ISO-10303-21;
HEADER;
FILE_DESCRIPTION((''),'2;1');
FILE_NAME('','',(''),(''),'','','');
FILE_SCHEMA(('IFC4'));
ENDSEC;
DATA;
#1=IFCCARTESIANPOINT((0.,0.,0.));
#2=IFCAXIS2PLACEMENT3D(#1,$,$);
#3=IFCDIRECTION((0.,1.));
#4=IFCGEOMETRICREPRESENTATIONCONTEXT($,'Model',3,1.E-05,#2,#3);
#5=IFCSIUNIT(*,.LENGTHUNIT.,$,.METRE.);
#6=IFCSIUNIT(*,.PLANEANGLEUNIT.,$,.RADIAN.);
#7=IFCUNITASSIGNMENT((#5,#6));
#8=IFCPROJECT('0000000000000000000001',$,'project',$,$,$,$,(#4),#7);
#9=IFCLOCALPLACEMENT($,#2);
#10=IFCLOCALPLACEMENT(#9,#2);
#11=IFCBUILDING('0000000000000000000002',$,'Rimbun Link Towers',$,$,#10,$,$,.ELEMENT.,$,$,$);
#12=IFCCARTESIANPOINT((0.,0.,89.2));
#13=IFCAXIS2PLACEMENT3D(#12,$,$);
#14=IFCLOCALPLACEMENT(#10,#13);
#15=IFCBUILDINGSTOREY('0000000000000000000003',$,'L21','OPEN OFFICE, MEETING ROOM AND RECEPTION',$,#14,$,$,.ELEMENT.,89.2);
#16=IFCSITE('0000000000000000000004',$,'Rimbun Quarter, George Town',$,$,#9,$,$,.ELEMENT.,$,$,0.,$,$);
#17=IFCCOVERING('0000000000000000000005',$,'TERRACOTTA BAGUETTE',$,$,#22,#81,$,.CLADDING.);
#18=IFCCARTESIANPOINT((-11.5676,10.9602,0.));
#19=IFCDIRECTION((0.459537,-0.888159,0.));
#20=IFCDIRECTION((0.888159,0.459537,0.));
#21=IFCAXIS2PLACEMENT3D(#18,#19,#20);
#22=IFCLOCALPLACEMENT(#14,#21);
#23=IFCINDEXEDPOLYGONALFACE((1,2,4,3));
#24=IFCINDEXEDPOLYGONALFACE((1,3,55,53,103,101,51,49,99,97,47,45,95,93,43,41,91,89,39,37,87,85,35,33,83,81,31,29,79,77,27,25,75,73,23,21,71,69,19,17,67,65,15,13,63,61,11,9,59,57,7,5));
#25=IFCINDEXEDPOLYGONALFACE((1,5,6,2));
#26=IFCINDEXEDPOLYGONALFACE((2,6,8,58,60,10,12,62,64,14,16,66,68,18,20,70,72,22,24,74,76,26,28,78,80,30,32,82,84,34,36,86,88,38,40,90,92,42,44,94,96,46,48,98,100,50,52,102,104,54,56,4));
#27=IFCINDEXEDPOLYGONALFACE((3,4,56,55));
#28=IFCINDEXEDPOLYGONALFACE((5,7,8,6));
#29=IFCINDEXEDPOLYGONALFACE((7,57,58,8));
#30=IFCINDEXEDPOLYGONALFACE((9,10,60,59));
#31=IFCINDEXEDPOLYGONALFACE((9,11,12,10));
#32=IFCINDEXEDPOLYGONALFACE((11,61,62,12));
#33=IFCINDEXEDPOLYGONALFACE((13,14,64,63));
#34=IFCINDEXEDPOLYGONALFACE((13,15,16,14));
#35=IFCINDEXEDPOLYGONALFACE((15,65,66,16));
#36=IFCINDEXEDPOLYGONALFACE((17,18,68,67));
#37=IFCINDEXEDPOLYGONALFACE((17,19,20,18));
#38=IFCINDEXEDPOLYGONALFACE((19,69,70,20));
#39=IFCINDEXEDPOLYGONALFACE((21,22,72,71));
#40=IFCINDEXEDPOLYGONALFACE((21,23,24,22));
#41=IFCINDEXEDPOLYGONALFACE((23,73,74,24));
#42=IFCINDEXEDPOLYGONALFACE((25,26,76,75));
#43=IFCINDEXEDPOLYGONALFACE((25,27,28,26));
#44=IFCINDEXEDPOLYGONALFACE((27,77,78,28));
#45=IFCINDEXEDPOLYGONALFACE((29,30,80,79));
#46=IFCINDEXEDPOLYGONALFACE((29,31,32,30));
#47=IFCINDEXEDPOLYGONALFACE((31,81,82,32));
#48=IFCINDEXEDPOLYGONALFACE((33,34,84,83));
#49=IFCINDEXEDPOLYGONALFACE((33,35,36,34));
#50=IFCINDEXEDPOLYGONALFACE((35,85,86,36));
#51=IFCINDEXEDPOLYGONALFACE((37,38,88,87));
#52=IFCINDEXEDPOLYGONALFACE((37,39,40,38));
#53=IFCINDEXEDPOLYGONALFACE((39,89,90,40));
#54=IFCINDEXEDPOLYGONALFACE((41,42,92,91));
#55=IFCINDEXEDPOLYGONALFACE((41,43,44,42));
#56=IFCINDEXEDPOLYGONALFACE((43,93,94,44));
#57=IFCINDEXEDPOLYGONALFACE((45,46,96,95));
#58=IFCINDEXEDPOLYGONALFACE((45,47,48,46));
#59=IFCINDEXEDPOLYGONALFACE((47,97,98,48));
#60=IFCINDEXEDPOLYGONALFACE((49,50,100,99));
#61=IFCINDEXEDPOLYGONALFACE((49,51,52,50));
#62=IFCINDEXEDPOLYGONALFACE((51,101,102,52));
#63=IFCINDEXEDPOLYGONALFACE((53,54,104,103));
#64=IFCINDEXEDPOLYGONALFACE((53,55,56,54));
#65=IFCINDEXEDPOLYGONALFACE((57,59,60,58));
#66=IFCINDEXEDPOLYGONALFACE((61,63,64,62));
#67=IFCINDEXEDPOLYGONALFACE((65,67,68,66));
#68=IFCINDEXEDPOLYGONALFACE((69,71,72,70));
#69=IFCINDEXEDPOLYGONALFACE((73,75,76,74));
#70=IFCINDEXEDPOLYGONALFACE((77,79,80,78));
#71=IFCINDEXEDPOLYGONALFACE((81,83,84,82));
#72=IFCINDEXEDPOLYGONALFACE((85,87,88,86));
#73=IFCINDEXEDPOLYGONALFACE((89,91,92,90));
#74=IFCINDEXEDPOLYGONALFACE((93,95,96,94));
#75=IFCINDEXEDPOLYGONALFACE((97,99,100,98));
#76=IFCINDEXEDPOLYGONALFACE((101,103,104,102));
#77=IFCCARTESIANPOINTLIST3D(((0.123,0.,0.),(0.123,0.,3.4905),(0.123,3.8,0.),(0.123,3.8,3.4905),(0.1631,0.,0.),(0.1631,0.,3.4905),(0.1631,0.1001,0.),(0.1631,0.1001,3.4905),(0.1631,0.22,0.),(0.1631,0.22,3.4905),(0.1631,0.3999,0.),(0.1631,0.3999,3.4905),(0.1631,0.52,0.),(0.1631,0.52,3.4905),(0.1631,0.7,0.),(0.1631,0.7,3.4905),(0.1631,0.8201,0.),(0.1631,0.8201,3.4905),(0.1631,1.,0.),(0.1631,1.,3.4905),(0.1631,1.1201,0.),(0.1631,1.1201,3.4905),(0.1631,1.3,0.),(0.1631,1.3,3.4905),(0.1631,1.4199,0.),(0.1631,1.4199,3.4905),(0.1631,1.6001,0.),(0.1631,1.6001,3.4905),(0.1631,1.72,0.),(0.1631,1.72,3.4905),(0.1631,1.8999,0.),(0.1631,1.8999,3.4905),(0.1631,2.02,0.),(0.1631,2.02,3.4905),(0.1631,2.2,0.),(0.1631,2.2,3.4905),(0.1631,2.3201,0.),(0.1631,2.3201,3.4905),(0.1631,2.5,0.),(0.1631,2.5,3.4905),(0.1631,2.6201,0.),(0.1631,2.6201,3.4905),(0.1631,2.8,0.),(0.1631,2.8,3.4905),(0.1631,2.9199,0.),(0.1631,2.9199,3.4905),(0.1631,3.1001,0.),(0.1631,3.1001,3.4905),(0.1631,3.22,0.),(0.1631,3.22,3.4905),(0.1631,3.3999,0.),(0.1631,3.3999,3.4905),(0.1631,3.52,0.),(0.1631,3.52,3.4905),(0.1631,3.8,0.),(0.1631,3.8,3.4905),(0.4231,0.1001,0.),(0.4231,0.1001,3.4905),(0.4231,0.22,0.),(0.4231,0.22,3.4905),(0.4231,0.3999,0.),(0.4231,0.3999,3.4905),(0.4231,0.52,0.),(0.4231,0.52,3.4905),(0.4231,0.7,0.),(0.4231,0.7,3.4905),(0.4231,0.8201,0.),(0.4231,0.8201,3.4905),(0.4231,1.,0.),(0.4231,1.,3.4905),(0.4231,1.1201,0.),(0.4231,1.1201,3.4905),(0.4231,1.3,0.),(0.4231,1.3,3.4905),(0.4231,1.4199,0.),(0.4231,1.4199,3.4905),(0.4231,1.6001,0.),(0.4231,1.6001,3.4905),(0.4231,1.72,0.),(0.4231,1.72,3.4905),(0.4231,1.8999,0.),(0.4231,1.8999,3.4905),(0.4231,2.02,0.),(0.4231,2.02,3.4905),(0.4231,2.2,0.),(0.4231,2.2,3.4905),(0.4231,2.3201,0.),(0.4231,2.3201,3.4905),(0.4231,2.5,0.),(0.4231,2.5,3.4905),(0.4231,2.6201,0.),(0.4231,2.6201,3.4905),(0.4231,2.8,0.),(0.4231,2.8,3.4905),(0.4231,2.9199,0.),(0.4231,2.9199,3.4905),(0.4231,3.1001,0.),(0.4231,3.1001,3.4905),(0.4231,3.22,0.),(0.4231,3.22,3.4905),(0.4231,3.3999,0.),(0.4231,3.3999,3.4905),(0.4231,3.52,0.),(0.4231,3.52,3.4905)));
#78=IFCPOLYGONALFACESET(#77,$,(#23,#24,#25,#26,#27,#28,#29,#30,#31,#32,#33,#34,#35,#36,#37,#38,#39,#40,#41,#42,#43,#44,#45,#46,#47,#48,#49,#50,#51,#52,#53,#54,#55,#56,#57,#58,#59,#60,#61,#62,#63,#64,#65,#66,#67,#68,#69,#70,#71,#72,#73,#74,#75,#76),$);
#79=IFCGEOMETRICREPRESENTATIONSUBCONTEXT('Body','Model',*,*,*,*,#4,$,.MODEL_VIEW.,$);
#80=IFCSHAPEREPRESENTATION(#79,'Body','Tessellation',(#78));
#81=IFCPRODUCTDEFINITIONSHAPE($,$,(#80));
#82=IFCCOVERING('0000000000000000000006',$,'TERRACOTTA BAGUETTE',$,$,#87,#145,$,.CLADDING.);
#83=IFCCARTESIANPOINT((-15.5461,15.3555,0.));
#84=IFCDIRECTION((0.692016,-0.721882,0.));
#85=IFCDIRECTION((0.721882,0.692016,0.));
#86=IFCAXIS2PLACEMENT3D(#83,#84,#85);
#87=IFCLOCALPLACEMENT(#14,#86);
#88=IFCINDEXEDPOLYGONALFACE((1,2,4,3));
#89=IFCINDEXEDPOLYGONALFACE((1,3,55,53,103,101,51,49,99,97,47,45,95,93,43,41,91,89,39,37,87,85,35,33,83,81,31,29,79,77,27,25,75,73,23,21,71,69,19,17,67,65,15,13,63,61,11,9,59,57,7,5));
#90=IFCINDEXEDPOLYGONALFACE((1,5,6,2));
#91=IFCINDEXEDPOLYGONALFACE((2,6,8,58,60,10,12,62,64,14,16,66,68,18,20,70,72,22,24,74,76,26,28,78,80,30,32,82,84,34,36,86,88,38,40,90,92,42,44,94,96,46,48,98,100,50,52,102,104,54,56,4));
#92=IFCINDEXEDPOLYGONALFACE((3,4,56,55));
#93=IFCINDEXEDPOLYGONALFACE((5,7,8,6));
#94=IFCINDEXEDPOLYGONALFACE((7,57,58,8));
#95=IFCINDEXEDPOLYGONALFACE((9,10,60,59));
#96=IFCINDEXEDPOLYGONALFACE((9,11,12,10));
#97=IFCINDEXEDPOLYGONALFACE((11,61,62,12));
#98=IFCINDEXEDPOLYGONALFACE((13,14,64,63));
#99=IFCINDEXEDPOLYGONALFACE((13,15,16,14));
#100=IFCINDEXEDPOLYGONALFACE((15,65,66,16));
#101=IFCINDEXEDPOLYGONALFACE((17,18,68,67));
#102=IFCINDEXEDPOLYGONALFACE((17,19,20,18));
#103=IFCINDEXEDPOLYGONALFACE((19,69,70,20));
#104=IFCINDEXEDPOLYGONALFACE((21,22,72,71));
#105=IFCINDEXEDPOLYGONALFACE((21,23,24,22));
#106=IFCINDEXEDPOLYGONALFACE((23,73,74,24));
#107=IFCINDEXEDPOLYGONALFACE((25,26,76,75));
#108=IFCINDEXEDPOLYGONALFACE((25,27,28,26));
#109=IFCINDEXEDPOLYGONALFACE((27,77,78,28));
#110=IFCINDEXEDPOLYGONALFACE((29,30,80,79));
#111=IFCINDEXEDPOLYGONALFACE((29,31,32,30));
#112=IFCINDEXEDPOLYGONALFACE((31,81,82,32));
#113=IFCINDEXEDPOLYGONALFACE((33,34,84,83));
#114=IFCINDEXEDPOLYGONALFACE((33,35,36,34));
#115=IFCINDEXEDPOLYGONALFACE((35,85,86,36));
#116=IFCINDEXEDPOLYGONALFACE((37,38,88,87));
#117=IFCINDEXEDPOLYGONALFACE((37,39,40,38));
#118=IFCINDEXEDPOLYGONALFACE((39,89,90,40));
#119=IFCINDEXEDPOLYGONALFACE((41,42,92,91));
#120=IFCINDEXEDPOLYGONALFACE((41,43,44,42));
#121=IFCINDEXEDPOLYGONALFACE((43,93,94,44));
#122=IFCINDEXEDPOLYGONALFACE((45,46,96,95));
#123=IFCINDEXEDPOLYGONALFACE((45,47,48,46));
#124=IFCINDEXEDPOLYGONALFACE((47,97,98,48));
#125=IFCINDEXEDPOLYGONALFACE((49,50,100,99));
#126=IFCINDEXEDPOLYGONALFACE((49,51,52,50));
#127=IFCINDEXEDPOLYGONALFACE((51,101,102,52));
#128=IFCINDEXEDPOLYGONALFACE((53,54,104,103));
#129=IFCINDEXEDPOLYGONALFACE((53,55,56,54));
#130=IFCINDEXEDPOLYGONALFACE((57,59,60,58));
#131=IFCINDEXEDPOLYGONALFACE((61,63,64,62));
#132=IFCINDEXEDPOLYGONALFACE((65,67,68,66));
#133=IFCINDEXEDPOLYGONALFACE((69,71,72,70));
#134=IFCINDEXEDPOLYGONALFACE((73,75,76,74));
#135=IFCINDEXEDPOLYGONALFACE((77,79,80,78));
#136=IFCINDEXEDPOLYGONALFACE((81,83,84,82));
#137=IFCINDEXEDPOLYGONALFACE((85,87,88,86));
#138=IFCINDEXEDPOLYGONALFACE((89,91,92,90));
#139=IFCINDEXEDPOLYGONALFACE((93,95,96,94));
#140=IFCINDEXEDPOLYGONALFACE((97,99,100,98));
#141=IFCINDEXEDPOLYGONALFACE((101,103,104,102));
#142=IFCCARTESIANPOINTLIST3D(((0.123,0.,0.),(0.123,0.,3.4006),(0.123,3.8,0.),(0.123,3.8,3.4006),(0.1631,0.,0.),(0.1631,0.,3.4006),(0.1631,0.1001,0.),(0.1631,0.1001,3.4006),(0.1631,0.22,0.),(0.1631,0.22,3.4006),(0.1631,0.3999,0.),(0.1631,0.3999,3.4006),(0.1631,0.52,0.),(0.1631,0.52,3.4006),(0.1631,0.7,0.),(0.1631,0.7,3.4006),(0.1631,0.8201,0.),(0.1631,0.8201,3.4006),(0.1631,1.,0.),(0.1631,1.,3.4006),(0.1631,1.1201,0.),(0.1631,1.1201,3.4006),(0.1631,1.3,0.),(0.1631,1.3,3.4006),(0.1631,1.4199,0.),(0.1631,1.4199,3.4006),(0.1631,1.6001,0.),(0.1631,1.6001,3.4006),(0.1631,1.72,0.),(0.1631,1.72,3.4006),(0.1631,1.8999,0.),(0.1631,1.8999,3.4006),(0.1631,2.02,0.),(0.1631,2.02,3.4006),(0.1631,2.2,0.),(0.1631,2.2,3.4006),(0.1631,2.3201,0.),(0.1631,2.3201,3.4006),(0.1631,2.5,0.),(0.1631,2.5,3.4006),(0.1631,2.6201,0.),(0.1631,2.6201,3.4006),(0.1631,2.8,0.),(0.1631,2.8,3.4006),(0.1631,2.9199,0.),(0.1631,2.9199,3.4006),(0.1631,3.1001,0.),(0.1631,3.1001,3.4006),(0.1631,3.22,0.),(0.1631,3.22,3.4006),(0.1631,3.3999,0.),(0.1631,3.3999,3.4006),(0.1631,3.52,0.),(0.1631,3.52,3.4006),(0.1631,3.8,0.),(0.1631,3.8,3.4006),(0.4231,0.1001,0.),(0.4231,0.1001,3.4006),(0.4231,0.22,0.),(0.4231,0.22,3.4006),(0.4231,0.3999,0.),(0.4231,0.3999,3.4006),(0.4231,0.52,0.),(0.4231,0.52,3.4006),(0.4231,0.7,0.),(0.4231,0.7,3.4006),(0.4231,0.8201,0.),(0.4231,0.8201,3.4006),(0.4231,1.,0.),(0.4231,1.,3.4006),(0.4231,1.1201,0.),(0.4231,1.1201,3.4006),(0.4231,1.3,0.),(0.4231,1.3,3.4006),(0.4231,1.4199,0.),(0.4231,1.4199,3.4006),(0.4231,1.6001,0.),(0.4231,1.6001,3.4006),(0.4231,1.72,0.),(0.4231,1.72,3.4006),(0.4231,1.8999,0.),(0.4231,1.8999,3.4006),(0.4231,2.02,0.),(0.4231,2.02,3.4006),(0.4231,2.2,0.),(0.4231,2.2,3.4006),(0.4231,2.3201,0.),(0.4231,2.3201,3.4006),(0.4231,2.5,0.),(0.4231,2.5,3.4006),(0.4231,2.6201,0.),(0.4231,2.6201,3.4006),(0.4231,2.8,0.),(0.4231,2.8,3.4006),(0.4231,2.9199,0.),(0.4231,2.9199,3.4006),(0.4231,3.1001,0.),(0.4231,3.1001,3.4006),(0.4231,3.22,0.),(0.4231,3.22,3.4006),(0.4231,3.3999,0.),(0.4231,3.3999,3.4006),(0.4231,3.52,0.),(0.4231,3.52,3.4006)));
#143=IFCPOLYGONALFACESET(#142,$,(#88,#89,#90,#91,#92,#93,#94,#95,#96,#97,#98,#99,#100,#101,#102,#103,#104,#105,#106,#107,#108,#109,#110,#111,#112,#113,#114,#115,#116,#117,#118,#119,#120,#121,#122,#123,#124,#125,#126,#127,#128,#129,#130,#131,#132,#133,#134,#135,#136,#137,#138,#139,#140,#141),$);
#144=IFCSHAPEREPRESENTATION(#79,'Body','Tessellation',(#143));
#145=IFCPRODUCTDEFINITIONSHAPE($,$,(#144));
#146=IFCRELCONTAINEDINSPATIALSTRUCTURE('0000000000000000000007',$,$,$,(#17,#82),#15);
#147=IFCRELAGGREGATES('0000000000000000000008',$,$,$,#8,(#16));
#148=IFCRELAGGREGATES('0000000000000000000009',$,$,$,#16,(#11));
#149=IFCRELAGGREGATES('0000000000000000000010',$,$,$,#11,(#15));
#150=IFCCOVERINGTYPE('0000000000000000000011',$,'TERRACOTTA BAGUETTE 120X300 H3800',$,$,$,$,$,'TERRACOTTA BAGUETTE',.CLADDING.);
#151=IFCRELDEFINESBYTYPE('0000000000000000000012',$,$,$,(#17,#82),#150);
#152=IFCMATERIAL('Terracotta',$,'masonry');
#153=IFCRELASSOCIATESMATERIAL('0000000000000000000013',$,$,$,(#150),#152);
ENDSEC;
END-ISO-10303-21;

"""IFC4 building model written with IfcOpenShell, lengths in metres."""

from ifc_helpers import new_model, si_unit, direction, frame, origin, place, context, subcontext, project, spatial, polyline, outline, extrude, material, material_profile, profile_set, type_object, element, save


model = new_model("IFC4")

# Units and contexts
model_context = context("Model", 3, precision=1e-05, world=origin(), true_north=direction((0.0, 1.0)))
body_context = subcontext(model_context, "Body", "Model", "MODEL_VIEW")
ifc_project = project(units=[si_unit("LENGTHUNIT", "METRE"), si_unit("PLANEANGLEUNIT", "RADIAN")], contexts=[model_context])

# Site, building, storey
site_placement = place(None, origin())
site = spatial("IfcSite", under=ifc_project, at=site_placement, Name="Rimbun Quarter, George Town", CompositionType="ELEMENT", RefElevation=0.0)
building_placement = place(site_placement, origin())
building = spatial("IfcBuilding", under=site, at=building_placement, Name="Rimbun Link Towers", CompositionType="ELEMENT")
storey_placement = place(building_placement, frame((0.0, 0.0, 89.2)))
storey = spatial("IfcBuildingStorey", under=building, at=storey_placement, Name="L21", Description="OPEN OFFICE, MEETING ROOM AND RECEPTION", CompositionType="ELEMENT", Elevation=89.2)

# Coverings
ifc_material_1 = material(Name="Terracotta", Category="masonry")
ifc_material_profile_1 = material_profile(ifc_material_1, outline(polyline([(0.123, 0.0), (0.1631, 0.0), (0.1631, 0.1001), (0.4231, 0.1001), (0.4231, 0.22), (0.1631, 0.22), (0.1631, 0.3999), (0.4231, 0.3999), (0.4231, 0.52), (0.1631, 0.52), (0.1631, 0.7), (0.4231, 0.7), (0.4231, 0.8201), (0.1631, 0.8201), (0.1631, 1.0), (0.4231, 1.0), (0.4231, 1.1201), (0.1631, 1.1201), (0.1631, 1.3), (0.4231, 1.3), (0.4231, 1.4199), (0.1631, 1.4199), (0.1631, 1.6001), (0.4231, 1.6001), (0.4231, 1.72), (0.1631, 1.72), (0.1631, 1.8999), (0.4231, 1.8999), (0.4231, 2.02), (0.1631, 2.02), (0.1631, 2.2), (0.4231, 2.2), (0.4231, 2.3201), (0.1631, 2.3201), (0.1631, 2.5), (0.4231, 2.5), (0.4231, 2.6201), (0.1631, 2.6201), (0.1631, 2.8), (0.4231, 2.8), (0.4231, 2.9199), (0.1631, 2.9199), (0.1631, 3.1001), (0.4231, 3.1001), (0.4231, 3.22), (0.1631, 3.22), (0.1631, 3.3999), (0.4231, 3.3999), (0.4231, 3.52), (0.1631, 3.52), (0.1631, 3.8), (0.123, 3.8), (0.123, 0.0)])), Name="BAGUETTE 120X300")
ifc_profile_set_1 = profile_set([ifc_material_profile_1], Name="Terracotta")
covering_type = type_object("IfcCoveringType", Name="TERRACOTTA BAGUETTE 120X300 H3800", ElementType="TERRACOTTA BAGUETTE", PredefinedType="CLADDING", material=ifc_profile_set_1)
covering_1_placement = place(storey_placement, frame((-11.5676, 10.9602, 0.0), z_axis=(0.459537, -0.888159, 0.0), x_axis=(0.888159, 0.459537, 0.0)))
element("IfcCovering", 1, at=covering_1_placement, inside=storey, type_object=covering_type, Name="TERRACOTTA BAGUETTE", PredefinedType="CLADDING", context=body_context, shape_type="SweptSolid", body=[
    extrude(outline(polyline([(0.123, 0.0), (0.1631, 0.0), (0.1631, 0.1001), (0.4231, 0.1001), (0.4231, 0.22), (0.1631, 0.22), (0.1631, 0.3999), (0.4231, 0.3999), (0.4231, 0.52), (0.1631, 0.52), (0.1631, 0.7), (0.4231, 0.7), (0.4231, 0.8201), (0.1631, 0.8201), (0.1631, 1.0), (0.4231, 1.0), (0.4231, 1.1201), (0.1631, 1.1201), (0.1631, 1.3), (0.4231, 1.3), (0.4231, 1.4199), (0.1631, 1.4199), (0.1631, 1.6001), (0.4231, 1.6001), (0.4231, 1.72), (0.1631, 1.72), (0.1631, 1.8999), (0.4231, 1.8999), (0.4231, 2.02), (0.1631, 2.02), (0.1631, 2.2), (0.4231, 2.2), (0.4231, 2.3201), (0.1631, 2.3201), (0.1631, 2.5), (0.4231, 2.5), (0.4231, 2.6201), (0.1631, 2.6201), (0.1631, 2.8), (0.4231, 2.8), (0.4231, 2.9199), (0.1631, 2.9199), (0.1631, 3.1001), (0.4231, 3.1001), (0.4231, 3.22), (0.1631, 3.22), (0.1631, 3.3999), (0.4231, 3.3999), (0.4231, 3.52), (0.1631, 3.52), (0.1631, 3.8), (0.123, 3.8), (0.123, 0.0)])), origin(), (0.0, 0.0, 1.0), 3.4905),
])
covering_2_placement = place(storey_placement, frame((-15.5461, 15.3555, 0.0), z_axis=(0.692016, -0.721882, 0.0), x_axis=(0.721882, 0.692016, 0.0)))
element("IfcCovering", 2, at=covering_2_placement, inside=storey, type_object=covering_type, Name="TERRACOTTA BAGUETTE", PredefinedType="CLADDING", context=body_context, shape_type="SweptSolid", body=[
    extrude(outline(polyline([(0.123, 0.0), (0.1631, 0.0), (0.1631, 0.1001), (0.4231, 0.1001), (0.4231, 0.22), (0.1631, 0.22), (0.1631, 0.3999), (0.4231, 0.3999), (0.4231, 0.52), (0.1631, 0.52), (0.1631, 0.7), (0.4231, 0.7), (0.4231, 0.8201), (0.1631, 0.8201), (0.1631, 1.0), (0.4231, 1.0), (0.4231, 1.1201), (0.1631, 1.1201), (0.1631, 1.3), (0.4231, 1.3), (0.4231, 1.4199), (0.1631, 1.4199), (0.1631, 1.6001), (0.4231, 1.6001), (0.4231, 1.72), (0.1631, 1.72), (0.1631, 1.8999), (0.4231, 1.8999), (0.4231, 2.02), (0.1631, 2.02), (0.1631, 2.2), (0.4231, 2.2), (0.4231, 2.3201), (0.1631, 2.3201), (0.1631, 2.5), (0.4231, 2.5), (0.4231, 2.6201), (0.1631, 2.6201), (0.1631, 2.8), (0.4231, 2.8), (0.4231, 2.9199), (0.1631, 2.9199), (0.1631, 3.1001), (0.4231, 3.1001), (0.4231, 3.22), (0.1631, 3.22), (0.1631, 3.3999), (0.4231, 3.3999), (0.4231, 3.52), (0.1631, 3.52), (0.1631, 3.8), (0.123, 3.8), (0.123, 0.0)])), origin(), (0.0, 0.0, 1.0), 3.4006),
])

save(model, "model.ifc")
